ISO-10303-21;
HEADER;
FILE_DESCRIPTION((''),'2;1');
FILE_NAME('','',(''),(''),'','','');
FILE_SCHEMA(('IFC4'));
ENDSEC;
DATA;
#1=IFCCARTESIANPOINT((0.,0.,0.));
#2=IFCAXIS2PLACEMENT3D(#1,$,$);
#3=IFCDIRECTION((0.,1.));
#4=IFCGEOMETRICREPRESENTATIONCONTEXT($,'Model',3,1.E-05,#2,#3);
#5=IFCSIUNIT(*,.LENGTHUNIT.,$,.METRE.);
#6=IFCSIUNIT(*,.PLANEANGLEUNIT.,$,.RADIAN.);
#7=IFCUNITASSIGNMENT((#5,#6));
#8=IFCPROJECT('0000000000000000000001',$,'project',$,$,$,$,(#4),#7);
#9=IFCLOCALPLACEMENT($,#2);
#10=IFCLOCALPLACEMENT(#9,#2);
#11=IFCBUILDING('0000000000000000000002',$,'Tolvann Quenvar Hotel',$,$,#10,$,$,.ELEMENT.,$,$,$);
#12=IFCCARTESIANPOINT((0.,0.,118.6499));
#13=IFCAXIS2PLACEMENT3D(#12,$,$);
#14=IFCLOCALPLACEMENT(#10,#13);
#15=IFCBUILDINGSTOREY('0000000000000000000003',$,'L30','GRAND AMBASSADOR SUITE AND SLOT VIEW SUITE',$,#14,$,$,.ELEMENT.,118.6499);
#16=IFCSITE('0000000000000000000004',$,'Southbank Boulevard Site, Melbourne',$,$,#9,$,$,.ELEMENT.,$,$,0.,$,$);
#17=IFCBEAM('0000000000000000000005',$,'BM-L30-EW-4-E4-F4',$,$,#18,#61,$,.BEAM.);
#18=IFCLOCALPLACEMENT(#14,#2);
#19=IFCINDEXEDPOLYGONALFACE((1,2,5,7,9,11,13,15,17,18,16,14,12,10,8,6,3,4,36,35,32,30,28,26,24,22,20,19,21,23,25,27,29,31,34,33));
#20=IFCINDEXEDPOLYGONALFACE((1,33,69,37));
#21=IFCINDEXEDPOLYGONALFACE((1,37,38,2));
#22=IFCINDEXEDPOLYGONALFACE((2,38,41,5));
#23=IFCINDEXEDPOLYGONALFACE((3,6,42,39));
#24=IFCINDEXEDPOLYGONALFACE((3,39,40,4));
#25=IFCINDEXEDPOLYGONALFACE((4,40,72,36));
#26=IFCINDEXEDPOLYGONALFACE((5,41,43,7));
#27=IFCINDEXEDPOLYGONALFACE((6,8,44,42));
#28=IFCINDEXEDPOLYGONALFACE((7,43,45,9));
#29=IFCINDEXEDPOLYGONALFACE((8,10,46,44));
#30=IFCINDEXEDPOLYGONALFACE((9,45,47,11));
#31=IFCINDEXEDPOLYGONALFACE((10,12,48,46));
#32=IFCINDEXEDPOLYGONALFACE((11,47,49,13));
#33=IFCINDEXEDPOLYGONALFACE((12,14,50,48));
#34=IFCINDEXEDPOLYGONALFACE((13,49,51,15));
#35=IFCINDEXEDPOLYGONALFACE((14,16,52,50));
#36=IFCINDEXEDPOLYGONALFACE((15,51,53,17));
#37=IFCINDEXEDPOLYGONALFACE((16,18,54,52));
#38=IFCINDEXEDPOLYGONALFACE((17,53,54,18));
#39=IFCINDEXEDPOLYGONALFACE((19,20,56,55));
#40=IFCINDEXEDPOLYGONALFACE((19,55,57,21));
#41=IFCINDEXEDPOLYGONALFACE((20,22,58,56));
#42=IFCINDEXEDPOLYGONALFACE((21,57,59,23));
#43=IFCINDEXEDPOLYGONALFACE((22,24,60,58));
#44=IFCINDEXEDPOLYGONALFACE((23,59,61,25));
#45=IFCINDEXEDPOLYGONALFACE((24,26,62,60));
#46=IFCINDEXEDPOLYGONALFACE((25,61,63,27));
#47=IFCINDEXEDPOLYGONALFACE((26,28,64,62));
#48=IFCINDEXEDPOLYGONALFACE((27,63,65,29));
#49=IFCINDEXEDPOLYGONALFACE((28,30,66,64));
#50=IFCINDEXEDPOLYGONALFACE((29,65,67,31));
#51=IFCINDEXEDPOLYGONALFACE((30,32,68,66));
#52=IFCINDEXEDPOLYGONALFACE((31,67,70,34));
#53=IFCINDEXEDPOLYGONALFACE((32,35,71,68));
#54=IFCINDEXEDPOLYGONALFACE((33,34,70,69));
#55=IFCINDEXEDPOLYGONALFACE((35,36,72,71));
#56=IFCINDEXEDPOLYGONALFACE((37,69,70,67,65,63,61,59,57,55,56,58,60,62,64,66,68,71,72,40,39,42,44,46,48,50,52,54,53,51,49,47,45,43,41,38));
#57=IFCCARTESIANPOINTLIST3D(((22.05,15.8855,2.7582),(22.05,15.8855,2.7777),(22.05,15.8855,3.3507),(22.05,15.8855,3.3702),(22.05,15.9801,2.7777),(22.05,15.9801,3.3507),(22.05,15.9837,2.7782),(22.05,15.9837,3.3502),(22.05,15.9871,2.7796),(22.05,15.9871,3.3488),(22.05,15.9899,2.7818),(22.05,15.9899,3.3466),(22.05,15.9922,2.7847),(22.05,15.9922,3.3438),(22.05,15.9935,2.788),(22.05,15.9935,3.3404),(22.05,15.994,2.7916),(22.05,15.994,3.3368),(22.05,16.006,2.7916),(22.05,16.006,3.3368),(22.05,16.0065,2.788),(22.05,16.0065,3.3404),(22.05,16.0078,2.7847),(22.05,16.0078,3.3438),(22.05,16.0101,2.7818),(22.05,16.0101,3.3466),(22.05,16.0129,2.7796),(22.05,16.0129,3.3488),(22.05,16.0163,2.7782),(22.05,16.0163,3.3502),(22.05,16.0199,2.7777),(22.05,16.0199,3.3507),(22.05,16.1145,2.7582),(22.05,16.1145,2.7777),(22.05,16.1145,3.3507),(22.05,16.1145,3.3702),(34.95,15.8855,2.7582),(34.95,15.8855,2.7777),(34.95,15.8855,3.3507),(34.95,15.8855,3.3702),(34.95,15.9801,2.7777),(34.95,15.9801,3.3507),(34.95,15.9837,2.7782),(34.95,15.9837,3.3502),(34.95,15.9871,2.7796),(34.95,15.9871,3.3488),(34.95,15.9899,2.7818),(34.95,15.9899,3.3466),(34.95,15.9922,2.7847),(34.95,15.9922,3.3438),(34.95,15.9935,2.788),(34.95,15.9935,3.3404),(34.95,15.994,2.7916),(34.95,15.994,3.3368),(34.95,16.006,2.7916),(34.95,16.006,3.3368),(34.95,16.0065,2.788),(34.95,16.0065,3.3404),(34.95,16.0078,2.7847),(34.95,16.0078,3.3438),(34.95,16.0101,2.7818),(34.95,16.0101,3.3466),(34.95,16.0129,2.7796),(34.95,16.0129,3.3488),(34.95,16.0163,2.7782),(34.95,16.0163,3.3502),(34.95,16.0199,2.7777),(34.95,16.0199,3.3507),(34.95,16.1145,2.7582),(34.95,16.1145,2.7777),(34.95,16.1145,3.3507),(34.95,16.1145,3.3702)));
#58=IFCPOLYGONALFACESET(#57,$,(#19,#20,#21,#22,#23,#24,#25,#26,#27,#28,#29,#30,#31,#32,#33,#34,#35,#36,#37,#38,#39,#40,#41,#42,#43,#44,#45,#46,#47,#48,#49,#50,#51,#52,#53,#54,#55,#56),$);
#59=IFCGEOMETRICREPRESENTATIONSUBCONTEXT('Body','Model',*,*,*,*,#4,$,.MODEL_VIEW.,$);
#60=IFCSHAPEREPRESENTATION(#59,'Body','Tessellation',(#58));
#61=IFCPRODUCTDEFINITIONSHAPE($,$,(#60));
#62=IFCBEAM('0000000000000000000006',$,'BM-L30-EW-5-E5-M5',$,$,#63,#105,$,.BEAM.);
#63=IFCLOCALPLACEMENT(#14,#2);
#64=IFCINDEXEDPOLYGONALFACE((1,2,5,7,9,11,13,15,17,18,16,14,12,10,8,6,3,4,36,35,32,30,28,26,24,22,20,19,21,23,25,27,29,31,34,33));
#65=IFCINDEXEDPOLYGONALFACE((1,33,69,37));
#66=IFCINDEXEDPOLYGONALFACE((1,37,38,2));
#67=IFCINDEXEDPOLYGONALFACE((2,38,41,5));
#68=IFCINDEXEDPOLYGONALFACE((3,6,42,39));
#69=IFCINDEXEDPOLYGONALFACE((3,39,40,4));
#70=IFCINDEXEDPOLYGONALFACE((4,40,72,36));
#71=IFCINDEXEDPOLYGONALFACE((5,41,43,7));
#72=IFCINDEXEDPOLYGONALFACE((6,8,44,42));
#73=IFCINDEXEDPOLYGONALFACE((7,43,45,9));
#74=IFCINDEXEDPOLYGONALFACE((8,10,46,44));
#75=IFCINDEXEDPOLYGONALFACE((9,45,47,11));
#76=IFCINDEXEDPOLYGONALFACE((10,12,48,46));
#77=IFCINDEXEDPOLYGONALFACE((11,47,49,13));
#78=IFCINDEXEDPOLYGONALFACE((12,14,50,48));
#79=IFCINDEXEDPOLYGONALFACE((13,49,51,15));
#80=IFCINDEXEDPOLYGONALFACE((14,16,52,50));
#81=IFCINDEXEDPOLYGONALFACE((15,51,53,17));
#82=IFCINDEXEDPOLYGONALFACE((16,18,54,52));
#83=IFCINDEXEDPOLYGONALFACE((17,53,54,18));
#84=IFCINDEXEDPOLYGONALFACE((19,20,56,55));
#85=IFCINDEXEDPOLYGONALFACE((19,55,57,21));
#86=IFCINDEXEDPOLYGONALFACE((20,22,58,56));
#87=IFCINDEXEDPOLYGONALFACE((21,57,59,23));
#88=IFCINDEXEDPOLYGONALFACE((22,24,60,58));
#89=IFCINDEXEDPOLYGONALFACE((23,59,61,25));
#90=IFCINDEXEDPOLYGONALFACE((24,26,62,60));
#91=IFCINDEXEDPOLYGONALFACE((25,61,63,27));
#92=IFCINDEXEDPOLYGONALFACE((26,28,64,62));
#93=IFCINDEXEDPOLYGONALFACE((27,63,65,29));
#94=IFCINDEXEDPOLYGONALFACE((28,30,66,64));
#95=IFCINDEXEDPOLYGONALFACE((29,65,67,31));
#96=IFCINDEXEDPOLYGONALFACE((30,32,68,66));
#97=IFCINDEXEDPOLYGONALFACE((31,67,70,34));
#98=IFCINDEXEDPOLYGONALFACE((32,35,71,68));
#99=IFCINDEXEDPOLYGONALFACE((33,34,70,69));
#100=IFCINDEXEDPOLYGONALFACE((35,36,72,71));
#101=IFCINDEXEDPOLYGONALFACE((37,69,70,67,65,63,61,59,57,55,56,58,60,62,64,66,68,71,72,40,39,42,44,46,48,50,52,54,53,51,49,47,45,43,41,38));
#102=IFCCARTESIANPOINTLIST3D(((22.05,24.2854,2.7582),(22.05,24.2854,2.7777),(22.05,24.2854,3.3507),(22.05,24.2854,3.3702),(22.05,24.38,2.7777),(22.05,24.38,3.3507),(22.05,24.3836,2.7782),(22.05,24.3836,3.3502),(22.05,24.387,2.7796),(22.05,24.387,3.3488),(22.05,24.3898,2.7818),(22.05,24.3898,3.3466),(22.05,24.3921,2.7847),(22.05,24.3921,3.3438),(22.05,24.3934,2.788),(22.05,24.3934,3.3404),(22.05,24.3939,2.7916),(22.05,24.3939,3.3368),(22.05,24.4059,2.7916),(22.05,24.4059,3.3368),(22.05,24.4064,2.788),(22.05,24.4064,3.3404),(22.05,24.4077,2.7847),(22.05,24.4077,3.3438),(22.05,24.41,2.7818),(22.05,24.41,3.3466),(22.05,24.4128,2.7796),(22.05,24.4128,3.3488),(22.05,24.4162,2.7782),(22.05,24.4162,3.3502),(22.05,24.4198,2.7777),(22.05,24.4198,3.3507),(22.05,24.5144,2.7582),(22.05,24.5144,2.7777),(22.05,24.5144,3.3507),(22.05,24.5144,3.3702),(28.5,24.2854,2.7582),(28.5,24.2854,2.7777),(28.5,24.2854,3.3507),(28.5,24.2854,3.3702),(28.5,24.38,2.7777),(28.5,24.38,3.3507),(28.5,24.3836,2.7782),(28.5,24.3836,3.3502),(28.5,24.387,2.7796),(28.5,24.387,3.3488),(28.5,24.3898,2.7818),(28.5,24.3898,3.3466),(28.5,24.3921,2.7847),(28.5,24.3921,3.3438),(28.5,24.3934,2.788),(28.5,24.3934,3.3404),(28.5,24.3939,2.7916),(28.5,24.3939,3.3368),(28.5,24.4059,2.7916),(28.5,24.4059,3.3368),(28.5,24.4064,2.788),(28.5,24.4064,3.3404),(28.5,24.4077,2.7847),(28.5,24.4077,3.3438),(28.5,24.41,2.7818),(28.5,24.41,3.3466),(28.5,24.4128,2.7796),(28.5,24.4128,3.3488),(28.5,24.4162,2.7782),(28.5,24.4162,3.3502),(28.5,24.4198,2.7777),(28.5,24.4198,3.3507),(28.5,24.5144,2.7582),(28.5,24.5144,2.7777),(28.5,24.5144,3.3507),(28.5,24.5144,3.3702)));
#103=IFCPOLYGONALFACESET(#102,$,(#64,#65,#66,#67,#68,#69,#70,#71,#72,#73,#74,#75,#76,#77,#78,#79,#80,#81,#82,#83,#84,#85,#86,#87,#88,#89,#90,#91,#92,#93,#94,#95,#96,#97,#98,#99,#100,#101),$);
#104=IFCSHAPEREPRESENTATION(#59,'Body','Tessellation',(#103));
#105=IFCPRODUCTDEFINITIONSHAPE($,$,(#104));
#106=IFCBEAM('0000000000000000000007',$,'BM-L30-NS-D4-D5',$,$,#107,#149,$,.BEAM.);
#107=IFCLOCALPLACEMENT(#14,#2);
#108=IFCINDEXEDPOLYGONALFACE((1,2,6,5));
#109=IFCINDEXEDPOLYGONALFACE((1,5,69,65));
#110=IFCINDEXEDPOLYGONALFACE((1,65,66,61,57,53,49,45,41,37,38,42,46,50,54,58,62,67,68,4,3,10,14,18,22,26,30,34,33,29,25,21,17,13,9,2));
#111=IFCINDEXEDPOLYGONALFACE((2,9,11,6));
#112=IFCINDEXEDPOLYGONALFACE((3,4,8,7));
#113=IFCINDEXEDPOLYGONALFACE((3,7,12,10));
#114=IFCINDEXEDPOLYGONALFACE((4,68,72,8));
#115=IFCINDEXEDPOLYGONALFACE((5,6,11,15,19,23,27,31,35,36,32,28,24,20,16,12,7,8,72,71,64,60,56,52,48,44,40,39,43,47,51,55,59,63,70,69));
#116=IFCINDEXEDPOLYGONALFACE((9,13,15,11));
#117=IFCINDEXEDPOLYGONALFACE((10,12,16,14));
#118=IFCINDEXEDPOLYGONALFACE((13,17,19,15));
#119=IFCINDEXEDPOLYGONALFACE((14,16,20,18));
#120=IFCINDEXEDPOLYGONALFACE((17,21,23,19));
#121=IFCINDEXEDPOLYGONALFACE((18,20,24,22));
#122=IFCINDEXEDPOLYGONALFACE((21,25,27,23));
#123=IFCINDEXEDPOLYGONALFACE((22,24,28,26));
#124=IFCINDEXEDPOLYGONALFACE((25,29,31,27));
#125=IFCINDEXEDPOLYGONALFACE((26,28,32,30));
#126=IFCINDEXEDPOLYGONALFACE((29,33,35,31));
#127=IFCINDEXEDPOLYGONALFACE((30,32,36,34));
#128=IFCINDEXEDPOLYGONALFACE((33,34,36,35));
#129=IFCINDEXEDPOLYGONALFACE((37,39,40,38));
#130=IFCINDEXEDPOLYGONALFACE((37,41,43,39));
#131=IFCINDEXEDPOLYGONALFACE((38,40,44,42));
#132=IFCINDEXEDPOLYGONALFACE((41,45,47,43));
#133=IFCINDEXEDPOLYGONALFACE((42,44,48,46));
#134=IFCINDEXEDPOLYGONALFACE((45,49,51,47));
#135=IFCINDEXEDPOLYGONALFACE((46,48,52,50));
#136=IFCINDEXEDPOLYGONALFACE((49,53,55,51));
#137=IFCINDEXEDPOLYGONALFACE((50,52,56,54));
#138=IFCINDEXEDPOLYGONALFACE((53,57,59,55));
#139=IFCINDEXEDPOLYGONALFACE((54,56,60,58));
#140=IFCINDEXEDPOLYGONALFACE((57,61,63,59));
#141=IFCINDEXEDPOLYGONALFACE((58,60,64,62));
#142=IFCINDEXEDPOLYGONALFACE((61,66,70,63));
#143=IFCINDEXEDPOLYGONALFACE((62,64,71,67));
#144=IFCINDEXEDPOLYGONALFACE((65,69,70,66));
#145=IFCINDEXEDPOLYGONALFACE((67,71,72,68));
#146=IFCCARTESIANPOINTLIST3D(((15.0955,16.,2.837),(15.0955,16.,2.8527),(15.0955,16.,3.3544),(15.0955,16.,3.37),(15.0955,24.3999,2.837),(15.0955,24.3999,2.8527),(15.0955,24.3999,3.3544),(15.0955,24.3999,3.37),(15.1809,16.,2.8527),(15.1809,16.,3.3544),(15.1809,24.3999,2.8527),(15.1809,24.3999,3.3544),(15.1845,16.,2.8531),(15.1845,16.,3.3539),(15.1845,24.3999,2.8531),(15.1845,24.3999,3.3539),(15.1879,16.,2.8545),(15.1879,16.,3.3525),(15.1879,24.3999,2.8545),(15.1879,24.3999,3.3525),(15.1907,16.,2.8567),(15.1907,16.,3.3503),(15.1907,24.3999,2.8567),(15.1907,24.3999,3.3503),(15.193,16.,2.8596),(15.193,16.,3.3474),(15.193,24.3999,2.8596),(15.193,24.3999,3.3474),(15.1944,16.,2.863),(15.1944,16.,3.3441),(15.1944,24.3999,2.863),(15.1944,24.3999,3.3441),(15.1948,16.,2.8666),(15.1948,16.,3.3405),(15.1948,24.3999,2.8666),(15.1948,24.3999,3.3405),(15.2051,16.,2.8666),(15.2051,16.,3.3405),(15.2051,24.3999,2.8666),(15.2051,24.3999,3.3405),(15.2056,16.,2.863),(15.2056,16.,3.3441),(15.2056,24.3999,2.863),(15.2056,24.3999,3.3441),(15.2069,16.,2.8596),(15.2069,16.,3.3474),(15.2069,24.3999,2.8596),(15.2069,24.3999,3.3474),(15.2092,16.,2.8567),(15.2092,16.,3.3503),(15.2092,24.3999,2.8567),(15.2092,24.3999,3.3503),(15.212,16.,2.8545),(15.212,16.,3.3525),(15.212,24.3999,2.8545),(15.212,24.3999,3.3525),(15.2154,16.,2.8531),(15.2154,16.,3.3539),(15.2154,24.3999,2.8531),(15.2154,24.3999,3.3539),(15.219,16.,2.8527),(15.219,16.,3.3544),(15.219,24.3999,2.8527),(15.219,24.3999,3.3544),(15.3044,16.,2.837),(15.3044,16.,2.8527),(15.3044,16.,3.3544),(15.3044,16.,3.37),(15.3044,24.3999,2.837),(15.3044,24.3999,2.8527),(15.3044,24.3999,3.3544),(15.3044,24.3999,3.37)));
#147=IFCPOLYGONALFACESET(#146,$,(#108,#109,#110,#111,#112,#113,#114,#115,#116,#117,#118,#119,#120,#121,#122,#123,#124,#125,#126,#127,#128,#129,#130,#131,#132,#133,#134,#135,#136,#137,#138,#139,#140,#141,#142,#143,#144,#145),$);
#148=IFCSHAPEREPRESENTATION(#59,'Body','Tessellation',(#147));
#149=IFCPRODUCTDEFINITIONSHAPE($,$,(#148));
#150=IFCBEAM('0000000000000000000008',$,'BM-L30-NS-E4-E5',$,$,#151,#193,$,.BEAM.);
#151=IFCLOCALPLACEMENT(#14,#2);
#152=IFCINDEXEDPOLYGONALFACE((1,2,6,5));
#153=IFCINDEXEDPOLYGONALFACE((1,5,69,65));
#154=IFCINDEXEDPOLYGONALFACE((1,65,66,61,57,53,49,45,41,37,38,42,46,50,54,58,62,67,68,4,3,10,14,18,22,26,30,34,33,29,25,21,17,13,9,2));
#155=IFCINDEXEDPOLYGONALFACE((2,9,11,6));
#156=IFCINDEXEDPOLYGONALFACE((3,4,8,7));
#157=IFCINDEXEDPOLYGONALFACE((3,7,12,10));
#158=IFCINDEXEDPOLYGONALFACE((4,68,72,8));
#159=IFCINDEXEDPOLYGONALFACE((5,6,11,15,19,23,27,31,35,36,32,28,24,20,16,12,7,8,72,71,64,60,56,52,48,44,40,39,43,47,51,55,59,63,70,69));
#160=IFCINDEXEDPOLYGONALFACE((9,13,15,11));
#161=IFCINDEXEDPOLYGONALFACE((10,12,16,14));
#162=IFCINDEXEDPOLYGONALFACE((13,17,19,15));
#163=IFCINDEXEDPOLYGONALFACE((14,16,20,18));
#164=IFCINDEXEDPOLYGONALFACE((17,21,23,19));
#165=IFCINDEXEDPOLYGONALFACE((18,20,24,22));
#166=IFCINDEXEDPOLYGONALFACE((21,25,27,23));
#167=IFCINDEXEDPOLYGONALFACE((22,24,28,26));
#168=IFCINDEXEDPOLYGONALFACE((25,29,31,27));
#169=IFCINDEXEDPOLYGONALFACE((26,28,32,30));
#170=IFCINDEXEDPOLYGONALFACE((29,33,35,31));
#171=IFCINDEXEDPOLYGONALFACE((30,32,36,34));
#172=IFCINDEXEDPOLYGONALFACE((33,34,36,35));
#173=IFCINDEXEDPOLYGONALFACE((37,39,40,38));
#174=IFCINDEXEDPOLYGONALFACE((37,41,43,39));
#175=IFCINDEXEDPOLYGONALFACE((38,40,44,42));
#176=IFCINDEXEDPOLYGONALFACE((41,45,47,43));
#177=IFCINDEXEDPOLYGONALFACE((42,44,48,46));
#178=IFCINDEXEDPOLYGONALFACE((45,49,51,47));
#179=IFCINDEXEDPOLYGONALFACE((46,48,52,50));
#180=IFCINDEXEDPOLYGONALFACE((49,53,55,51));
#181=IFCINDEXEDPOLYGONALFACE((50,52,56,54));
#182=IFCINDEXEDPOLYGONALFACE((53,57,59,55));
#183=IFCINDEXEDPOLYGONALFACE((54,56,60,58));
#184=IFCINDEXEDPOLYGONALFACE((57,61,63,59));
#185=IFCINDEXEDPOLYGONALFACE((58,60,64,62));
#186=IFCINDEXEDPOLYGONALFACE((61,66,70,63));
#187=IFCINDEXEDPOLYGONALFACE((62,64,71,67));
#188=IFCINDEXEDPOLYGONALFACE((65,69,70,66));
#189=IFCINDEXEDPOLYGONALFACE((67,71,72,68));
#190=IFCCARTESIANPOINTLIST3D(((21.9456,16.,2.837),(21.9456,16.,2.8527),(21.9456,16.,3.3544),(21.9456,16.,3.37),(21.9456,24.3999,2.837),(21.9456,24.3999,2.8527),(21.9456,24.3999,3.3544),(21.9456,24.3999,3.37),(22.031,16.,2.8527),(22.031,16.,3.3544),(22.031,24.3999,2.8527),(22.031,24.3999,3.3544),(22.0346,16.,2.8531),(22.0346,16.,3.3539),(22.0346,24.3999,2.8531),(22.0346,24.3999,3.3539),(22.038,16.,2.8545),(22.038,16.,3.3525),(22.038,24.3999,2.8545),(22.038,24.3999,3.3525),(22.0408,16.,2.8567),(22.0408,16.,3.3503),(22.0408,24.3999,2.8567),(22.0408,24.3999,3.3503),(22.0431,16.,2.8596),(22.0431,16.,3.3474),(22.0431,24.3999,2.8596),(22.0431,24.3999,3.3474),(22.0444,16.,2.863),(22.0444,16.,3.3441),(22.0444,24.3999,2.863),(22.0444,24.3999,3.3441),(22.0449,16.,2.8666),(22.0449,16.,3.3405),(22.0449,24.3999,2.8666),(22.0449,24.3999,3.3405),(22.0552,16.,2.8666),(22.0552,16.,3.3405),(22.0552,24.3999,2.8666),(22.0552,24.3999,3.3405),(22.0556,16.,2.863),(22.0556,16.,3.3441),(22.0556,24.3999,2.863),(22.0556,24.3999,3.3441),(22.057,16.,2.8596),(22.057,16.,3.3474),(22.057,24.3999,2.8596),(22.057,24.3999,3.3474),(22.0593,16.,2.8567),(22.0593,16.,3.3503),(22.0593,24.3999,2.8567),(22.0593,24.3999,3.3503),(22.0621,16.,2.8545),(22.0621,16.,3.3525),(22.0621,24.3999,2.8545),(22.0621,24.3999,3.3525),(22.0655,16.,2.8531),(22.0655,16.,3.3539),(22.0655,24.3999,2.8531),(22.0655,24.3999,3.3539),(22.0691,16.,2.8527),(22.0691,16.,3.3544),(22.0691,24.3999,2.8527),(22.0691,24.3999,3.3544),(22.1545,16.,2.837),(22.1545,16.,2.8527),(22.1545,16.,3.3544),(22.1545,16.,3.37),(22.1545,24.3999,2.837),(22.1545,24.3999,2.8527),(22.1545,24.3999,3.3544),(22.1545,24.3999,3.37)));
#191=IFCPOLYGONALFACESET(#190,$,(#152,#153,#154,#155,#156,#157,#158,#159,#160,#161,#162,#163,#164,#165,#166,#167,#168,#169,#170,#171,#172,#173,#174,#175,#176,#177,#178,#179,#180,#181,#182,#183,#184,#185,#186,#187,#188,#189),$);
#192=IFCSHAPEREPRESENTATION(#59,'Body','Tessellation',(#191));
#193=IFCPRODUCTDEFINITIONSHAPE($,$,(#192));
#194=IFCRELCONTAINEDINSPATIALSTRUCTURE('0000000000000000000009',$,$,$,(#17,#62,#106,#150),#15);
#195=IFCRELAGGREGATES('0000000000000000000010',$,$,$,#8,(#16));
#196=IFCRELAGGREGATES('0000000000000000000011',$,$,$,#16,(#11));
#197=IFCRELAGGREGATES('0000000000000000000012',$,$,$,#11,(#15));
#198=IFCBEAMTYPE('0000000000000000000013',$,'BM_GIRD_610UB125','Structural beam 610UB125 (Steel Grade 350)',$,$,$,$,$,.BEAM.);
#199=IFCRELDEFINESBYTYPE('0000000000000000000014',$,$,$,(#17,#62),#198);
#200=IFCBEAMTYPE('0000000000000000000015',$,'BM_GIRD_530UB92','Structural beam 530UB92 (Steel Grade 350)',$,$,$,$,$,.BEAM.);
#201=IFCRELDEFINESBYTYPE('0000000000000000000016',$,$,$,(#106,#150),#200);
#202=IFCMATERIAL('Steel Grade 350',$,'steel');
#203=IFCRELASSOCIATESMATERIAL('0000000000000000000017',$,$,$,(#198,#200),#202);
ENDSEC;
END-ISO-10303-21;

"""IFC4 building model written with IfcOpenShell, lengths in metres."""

from ifc_helpers import new_model, si_unit, direction, frame, origin, origin_2d, place, context, subcontext, project, spatial, i_section, extrude, source, transform, mapped, material, material_profile, profile_set, type_object, type_shapes, element, save


model = new_model("IFC4")

# Units and contexts
model_context = context("Model", 3, precision=1e-05, world=origin(), true_north=direction((0.0, 1.0)))
body_context = subcontext(model_context, "Body", "Model", "MODEL_VIEW")
ifc_project = project(units=[si_unit("LENGTHUNIT", "METRE"), si_unit("PLANEANGLEUNIT", "RADIAN")], contexts=[model_context])

# Site, building, storey
site_placement = place(None, origin())
site = spatial("IfcSite", under=ifc_project, at=site_placement, Name="Southbank Boulevard Site, Melbourne", CompositionType="ELEMENT", RefElevation=0.0)
building_placement = place(site_placement, origin())
building = spatial("IfcBuilding", under=site, at=building_placement, Name="Tolvann Quenvar Hotel", CompositionType="ELEMENT")
storey_placement = place(building_placement, frame((0.0, 0.0, 118.6499)))
storey = spatial("IfcBuildingStorey", under=building, at=storey_placement, Name="L30", Description="GRAND AMBASSADOR SUITE AND SLOT VIEW SUITE", CompositionType="ELEMENT", Elevation=118.6499)

# Shared definitions
ifc_material_1 = material(Name="Steel Grade 350", Category="steel")

# Beams
ifc_material_profile_1 = material_profile(ifc_material_1, i_section(OverallWidth=0.229, OverallDepth=0.6121, WebThickness=0.012, FlangeThickness=0.0195, FilletRadius=0.0139, at=origin_2d()), Name="610UB125")
ifc_profile_set_1 = profile_set([ifc_material_profile_1], Name="Steel Grade 350")
beam_type_1 = type_object("IfcBeamType", Name="BM_GIRD_610UB125", Description="Structural beam 610UB125 (Steel Grade 350)", PredefinedType="BEAM", material=ifc_profile_set_1)
shared_shape_1 = source(origin(), body_context, "Body", "SweptSolid", [
    extrude(i_section(OverallWidth=0.229, OverallDepth=0.6121, WebThickness=0.012, FlangeThickness=0.0195, FilletRadius=0.0139, at=origin_2d()), origin(), (0.0, 0.0, 1.0), 12.8999),
])
beam_1_placement = place(storey_placement, frame((22.05, 16.0, 3.0642), z_axis=(1.0, 0.0, 0.0), x_axis=(0.0, 1.0, 0.0)))
element("IfcBeam", 1, at=beam_1_placement, inside=storey, type_object=beam_type_1, Name="BM-L30-EW-4-E4-F4", PredefinedType="BEAM", context=body_context, shape_type="MappedRepresentation", body=[
    mapped(shared_shape_1, transform((0.0, 0.0, 0.0), x_axis=(1.0, 0.0, 0.0), y_axis=(0.0, 1.0, 0.0), z_axis=(0.0, 0.0, 1.0), scale=1.0)),
])
shared_shape_2 = source(origin(), body_context, "Body", "SweptSolid", [
    extrude(i_section(OverallWidth=0.229, OverallDepth=0.6121, WebThickness=0.012, FlangeThickness=0.0195, FilletRadius=0.0139, at=origin_2d()), origin(), (0.0, 0.0, 1.0), 6.45),
])
beam_2_placement = place(storey_placement, frame((22.05, 24.3999, 3.0642), z_axis=(1.0, 0.0, 0.0), x_axis=(0.0, 1.0, 0.0)))
element("IfcBeam", 2, at=beam_2_placement, inside=storey, type_object=beam_type_1, Name="BM-L30-EW-5-E5-M5", PredefinedType="BEAM", context=body_context, shape_type="MappedRepresentation", body=[
    mapped(shared_shape_2, transform((0.0, 0.0, 0.0), x_axis=(1.0, 0.0, 0.0), y_axis=(0.0, 1.0, 0.0), z_axis=(0.0, 0.0, 1.0), scale=1.0)),
])
ifc_material_profile_2 = material_profile(ifc_material_1, i_section(OverallWidth=0.209, OverallDepth=0.533, WebThickness=0.0103, FlangeThickness=0.0156, FilletRadius=0.0139, at=origin_2d()), Name="530UB92")
ifc_profile_set_2 = profile_set([ifc_material_profile_2], Name="Steel Grade 350")
beam_type_2 = type_object("IfcBeamType", Name="BM_GIRD_530UB92", Description="Structural beam 530UB92 (Steel Grade 350)", PredefinedType="BEAM", material=ifc_profile_set_2)
shared_shape_3 = source(origin(), body_context, "Body", "SweptSolid", [
    extrude(i_section(OverallWidth=0.209, OverallDepth=0.533, WebThickness=0.0103, FlangeThickness=0.0156, FilletRadius=0.0139, at=origin_2d()), origin(), (0.0, 0.0, 1.0), 8.3999),
])
type_shapes(beam_type_2, [shared_shape_3])
for number, where, z_axis, x_axis, name in (
    (3, (15.2, 16.0, 3.1035), (0.0, 1.0, 0.0), (-1.0, 0.0, 0.0), "BM-L30-NS-D4-D5"),
    (4, (22.05, 16.0, 3.1035), (0.0, 1.0, 0.0), (-1.0, 0.0, 0.0), "BM-L30-NS-E4-E5"),
):
    element("IfcBeam", number, at=place(storey_placement, frame(where, z_axis=z_axis, x_axis=x_axis)), inside=storey, type_object=beam_type_2, Name=name, PredefinedType="BEAM", context=body_context, shape_type="MappedRepresentation", body=[
        mapped(shared_shape_3, transform((0.0, 0.0, 0.0), x_axis=(1.0, 0.0, 0.0), y_axis=(0.0, 1.0, 0.0), z_axis=(0.0, 0.0, 1.0), scale=1.0)),
    ])

save(model, "model.ifc")
